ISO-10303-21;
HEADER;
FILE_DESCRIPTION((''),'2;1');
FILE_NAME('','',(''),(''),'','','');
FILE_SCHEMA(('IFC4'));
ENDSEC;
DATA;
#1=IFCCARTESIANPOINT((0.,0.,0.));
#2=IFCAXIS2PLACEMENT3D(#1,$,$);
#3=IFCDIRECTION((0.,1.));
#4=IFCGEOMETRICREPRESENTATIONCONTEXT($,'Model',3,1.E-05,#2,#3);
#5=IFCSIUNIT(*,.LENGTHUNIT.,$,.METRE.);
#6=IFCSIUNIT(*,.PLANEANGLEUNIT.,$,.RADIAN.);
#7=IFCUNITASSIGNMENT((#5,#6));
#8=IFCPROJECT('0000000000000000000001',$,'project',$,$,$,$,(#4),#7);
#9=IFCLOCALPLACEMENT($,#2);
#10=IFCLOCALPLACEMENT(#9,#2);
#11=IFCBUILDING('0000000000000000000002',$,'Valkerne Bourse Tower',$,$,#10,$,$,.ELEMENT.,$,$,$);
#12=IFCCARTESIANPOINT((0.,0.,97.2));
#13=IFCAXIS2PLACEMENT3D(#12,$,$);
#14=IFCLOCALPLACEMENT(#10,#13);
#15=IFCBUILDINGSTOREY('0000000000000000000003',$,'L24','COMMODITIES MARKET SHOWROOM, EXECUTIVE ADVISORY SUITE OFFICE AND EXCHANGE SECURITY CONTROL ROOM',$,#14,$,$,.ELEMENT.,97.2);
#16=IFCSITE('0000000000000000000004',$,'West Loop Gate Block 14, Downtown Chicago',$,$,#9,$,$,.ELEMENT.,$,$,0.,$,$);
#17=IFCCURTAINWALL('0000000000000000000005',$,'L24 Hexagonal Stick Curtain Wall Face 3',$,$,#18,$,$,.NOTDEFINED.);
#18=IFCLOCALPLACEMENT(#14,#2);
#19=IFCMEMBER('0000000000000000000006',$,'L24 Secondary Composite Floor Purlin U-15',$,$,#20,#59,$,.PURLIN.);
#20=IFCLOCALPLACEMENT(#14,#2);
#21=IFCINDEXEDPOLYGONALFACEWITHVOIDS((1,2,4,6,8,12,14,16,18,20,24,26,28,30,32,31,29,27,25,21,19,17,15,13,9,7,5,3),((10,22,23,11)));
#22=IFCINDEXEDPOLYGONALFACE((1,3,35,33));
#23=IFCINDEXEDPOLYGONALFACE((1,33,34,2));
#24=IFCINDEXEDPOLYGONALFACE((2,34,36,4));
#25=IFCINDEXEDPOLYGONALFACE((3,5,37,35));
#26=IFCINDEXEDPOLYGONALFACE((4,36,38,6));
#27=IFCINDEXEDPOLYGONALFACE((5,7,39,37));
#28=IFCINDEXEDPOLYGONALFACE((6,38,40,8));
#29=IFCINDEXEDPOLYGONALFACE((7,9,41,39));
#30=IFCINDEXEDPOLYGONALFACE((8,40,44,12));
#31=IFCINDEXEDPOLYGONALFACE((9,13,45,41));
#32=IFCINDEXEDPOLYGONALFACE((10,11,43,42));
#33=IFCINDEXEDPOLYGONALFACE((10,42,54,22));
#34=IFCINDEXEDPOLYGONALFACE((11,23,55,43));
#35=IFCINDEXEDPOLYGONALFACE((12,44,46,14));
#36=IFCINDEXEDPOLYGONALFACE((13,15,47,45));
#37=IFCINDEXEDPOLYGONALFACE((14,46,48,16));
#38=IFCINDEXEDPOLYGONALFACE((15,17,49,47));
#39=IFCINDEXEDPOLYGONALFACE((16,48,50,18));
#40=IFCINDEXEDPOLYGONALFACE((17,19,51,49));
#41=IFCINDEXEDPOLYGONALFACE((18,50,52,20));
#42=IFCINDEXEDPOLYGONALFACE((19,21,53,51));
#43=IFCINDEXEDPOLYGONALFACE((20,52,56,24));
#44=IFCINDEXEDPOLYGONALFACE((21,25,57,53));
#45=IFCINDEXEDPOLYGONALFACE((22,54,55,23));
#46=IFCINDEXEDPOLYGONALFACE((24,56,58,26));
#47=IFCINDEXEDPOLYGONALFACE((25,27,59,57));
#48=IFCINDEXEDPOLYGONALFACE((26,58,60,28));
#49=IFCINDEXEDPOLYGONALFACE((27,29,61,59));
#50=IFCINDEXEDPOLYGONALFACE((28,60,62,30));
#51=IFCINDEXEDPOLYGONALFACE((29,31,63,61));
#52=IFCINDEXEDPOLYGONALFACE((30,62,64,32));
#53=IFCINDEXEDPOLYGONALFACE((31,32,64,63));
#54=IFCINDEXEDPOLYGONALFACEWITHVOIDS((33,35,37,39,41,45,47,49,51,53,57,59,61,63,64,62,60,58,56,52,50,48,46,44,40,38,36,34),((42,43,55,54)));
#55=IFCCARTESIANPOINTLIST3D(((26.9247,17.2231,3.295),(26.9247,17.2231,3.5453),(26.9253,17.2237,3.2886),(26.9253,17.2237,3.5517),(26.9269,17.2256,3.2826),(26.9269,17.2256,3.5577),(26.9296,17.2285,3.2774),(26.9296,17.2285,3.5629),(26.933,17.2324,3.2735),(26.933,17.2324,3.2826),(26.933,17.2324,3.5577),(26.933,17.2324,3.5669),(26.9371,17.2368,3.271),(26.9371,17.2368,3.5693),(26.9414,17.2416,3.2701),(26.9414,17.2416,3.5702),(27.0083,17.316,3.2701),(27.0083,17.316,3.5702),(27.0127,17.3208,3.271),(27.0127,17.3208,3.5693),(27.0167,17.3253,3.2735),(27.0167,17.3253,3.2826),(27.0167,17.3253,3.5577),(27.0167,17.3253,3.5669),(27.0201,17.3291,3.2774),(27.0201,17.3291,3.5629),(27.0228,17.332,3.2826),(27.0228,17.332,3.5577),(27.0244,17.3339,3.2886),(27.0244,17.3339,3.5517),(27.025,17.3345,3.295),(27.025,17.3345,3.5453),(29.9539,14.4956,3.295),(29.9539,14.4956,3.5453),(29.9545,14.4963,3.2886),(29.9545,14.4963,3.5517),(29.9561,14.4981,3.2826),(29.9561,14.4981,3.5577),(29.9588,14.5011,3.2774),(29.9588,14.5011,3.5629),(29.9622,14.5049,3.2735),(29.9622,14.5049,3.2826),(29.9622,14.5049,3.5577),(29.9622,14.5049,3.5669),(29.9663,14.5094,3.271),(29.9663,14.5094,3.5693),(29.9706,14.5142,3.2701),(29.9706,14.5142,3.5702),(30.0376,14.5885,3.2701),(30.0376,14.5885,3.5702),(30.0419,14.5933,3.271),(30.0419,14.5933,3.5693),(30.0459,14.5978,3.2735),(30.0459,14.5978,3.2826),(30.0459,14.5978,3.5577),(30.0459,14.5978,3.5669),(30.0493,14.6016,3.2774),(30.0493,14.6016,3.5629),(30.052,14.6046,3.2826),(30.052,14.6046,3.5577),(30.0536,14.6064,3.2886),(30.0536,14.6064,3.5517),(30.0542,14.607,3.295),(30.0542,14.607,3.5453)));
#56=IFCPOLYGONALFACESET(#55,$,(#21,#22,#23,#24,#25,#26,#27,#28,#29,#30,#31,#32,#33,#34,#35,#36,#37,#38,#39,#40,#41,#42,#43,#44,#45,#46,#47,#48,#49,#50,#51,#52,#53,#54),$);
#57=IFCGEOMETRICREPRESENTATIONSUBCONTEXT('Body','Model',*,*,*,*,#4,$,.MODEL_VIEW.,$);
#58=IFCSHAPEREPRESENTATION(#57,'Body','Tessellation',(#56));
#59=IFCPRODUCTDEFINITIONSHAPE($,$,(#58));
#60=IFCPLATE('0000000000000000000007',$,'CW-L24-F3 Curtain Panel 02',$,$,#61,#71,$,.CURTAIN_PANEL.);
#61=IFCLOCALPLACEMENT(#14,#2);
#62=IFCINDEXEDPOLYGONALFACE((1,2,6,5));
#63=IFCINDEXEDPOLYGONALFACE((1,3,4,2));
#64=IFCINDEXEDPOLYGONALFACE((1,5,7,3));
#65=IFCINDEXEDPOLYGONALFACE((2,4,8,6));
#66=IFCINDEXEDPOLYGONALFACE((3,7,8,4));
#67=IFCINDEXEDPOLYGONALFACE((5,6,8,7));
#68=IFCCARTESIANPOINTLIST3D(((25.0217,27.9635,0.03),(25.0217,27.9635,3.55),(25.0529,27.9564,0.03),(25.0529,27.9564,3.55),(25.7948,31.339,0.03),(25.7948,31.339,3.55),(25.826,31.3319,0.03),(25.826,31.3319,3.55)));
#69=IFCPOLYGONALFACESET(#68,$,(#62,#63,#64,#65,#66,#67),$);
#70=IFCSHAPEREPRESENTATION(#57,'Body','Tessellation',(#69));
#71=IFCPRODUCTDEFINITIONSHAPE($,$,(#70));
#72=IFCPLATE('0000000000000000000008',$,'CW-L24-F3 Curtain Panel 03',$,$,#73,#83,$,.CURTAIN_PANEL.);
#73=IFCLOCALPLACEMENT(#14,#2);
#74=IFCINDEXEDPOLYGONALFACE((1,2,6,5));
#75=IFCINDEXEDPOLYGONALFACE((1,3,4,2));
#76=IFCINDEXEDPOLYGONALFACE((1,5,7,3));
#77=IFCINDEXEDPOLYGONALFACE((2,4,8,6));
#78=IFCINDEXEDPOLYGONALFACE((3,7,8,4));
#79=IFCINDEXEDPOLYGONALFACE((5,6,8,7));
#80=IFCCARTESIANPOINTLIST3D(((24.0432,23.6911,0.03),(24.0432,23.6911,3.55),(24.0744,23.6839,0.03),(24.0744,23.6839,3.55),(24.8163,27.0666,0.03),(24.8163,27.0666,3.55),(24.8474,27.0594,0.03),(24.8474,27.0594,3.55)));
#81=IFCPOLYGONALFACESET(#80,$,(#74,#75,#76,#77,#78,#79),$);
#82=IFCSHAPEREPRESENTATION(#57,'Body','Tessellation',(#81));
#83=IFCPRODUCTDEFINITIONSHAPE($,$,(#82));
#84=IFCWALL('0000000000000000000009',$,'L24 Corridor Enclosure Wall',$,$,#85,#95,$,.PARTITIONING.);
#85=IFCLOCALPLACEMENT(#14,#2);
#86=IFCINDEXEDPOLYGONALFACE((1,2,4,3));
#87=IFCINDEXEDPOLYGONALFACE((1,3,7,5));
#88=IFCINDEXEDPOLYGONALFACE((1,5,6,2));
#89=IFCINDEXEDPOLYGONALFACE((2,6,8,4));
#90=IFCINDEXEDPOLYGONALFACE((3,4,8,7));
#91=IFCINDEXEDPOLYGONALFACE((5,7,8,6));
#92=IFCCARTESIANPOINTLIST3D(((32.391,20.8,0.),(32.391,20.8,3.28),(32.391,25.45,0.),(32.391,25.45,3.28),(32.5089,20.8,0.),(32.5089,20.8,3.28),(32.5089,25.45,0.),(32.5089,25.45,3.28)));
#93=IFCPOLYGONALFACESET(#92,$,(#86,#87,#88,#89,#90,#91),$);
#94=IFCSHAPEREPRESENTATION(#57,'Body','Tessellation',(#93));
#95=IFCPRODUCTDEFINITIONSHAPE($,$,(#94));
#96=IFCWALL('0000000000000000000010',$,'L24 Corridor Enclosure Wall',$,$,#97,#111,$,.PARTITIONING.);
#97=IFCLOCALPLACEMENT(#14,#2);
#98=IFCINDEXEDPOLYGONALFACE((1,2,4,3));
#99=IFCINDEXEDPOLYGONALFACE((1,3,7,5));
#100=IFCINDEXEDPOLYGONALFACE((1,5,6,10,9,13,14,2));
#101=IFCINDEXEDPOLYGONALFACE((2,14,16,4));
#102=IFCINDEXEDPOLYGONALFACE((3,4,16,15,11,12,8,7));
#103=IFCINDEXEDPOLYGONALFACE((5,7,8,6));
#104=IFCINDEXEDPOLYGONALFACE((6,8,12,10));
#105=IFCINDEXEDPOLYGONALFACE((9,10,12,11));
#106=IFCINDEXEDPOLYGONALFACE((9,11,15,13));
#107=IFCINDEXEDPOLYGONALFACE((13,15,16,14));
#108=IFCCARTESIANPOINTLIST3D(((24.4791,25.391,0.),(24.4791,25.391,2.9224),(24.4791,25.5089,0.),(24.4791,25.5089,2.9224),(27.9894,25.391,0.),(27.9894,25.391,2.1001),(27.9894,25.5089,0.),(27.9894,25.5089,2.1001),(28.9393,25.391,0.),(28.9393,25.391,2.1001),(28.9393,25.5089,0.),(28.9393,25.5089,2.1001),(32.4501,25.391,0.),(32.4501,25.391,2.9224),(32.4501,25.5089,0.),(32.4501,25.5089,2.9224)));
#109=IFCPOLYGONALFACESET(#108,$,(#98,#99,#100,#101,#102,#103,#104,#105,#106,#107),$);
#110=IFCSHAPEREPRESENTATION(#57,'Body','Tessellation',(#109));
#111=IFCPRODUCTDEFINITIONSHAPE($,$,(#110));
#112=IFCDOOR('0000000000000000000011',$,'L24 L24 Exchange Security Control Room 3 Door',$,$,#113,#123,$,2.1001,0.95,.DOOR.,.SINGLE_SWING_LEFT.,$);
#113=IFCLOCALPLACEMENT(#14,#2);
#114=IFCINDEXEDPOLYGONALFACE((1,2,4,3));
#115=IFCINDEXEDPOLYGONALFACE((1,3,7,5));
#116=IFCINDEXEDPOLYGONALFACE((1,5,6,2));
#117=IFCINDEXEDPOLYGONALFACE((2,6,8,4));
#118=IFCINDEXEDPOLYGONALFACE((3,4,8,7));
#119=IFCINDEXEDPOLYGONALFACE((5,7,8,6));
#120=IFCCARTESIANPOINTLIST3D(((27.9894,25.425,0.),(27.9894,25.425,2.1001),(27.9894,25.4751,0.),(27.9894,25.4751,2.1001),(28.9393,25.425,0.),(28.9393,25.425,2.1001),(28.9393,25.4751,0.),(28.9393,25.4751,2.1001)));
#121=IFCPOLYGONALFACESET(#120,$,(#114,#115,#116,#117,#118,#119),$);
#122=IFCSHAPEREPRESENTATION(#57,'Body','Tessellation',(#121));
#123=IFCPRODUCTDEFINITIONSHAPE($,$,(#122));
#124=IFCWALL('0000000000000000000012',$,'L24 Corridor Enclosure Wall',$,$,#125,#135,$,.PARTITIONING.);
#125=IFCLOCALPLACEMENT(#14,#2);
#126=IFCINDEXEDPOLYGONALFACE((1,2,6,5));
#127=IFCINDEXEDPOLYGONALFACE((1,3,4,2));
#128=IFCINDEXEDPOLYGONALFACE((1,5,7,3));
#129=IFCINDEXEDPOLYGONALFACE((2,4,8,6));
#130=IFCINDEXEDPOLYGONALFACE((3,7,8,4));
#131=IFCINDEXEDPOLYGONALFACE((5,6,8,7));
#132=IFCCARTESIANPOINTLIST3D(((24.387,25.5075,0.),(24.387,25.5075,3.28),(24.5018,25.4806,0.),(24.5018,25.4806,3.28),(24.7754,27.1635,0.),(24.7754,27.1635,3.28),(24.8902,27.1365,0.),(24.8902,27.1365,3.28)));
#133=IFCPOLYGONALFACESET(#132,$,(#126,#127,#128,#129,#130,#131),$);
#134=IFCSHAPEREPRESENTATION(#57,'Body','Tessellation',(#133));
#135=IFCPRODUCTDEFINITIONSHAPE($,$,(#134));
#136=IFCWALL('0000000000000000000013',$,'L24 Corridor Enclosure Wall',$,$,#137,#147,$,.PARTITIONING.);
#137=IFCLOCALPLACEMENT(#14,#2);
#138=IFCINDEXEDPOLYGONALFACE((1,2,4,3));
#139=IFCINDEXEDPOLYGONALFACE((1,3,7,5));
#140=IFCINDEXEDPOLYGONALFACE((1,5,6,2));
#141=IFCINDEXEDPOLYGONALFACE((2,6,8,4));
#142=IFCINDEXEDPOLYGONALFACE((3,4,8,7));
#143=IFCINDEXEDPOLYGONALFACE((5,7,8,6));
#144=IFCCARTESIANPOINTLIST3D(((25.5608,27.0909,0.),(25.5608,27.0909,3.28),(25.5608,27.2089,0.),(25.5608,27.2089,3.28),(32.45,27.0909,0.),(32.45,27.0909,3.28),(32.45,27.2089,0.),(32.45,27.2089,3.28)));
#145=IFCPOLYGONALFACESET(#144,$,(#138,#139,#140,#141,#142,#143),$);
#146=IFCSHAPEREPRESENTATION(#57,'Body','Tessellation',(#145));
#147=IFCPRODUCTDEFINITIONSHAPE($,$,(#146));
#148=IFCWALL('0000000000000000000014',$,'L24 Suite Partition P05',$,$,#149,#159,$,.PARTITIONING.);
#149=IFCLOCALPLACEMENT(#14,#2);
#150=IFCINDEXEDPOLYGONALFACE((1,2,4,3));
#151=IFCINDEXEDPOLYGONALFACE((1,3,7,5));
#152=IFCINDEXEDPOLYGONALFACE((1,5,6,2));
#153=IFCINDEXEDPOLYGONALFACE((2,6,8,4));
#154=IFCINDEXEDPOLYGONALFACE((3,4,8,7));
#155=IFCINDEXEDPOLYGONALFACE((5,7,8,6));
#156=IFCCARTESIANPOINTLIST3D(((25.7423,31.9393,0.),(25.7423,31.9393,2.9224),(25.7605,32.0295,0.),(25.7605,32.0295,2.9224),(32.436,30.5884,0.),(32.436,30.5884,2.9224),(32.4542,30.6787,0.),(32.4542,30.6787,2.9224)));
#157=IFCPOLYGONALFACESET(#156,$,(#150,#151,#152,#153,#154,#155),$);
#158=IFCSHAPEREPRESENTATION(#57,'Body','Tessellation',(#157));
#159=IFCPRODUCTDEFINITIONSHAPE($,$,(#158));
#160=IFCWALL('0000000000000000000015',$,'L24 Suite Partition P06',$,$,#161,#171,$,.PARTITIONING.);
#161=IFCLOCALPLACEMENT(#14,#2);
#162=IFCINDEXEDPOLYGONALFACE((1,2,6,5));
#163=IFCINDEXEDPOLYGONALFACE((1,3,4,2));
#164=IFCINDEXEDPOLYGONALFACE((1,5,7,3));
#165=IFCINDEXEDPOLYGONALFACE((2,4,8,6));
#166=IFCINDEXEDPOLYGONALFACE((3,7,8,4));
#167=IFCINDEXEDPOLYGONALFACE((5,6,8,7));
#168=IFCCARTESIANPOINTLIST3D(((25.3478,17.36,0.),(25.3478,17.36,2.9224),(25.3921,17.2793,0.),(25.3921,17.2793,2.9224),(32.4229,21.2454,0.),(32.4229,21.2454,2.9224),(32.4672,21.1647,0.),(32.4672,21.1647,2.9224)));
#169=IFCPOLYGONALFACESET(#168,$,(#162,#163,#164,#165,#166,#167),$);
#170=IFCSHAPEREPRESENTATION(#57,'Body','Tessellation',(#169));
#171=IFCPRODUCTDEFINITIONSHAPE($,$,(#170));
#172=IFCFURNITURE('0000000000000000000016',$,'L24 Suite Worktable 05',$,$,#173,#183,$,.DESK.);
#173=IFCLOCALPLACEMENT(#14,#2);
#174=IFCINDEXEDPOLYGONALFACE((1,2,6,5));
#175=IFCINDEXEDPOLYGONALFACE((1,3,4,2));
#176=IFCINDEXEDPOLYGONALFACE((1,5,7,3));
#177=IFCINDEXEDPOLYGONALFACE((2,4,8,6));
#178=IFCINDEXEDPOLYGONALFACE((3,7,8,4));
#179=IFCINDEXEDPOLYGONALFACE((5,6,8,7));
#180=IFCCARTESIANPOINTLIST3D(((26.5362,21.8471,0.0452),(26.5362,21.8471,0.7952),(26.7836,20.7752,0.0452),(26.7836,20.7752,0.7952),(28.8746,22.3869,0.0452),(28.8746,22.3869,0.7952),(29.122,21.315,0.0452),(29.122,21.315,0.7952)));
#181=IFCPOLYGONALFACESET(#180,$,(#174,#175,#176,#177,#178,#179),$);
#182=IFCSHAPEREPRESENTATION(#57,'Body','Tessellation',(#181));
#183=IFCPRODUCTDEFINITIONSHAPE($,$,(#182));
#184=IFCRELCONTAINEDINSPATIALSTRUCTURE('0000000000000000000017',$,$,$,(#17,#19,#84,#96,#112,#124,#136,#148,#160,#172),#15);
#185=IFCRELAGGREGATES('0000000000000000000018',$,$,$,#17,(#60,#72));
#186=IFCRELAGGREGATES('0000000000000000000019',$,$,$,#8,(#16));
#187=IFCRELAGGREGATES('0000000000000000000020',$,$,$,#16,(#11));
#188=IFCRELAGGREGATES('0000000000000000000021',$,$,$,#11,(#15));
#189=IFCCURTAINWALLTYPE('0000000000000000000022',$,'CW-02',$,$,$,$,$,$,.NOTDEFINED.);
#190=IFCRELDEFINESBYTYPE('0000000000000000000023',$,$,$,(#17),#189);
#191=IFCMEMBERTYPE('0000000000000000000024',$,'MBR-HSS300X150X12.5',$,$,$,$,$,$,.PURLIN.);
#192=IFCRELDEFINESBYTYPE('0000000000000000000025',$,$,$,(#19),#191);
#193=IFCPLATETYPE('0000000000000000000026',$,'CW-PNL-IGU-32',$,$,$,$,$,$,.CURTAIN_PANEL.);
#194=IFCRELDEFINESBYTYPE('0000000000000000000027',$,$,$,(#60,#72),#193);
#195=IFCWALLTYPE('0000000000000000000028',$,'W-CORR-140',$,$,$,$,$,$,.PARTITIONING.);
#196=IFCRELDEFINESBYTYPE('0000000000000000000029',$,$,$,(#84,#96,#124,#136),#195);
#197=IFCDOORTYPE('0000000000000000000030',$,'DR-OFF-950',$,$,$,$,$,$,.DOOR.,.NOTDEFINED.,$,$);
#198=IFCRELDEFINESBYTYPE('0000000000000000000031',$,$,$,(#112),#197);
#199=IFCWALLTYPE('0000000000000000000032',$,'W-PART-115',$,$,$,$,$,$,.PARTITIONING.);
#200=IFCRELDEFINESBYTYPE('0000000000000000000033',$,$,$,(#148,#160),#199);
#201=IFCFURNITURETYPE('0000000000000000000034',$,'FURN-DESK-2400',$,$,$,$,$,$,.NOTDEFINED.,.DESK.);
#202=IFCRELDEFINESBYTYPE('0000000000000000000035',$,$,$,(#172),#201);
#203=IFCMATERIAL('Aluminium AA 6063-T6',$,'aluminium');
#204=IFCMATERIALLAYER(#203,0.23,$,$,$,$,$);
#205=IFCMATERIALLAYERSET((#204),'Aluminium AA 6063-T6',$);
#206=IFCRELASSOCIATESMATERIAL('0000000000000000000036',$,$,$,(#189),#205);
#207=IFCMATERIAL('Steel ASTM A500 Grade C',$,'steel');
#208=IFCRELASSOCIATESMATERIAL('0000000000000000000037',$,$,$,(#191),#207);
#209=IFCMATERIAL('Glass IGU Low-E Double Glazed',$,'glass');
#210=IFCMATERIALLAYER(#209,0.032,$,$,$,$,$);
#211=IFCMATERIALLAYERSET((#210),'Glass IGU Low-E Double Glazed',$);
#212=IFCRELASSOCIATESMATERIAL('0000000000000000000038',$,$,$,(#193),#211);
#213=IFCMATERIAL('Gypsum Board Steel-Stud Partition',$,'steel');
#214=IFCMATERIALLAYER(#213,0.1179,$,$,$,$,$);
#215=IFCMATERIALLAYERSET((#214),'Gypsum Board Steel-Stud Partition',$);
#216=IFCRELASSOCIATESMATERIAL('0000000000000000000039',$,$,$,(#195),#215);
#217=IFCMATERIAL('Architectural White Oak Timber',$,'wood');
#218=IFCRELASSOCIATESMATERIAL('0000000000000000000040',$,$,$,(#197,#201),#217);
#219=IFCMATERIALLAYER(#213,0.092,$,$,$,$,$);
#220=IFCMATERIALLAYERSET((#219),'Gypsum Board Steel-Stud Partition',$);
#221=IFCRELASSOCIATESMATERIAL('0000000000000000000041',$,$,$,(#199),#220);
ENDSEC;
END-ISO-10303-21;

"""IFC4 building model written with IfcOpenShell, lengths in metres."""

from ifc_helpers import new_model, si_unit, direction, frame, frame_2d, origin, origin_2d, place, context, subcontext, project, spatial, rectangle, hollow_rectangle, extrude, material, layer, layer_set, material_profile, profile_set, type_object, element, fill, aggregate, save


model = new_model("IFC4")

# Units and contexts
model_context = context("Model", 3, precision=1e-05, world=origin(), true_north=direction((0.0, 1.0)))
body_context = subcontext(model_context, "Body", "Model", "MODEL_VIEW")
ifc_project = project(units=[si_unit("LENGTHUNIT", "METRE"), si_unit("PLANEANGLEUNIT", "RADIAN")], contexts=[model_context])

# Site, building, storey
site_placement = place(None, origin())
site = spatial("IfcSite", under=ifc_project, at=site_placement, Name="West Loop Gate Block 14, Downtown Chicago", CompositionType="ELEMENT", RefElevation=0.0)
building_placement = place(site_placement, origin())
building = spatial("IfcBuilding", under=site, at=building_placement, Name="Valkerne Bourse Tower", CompositionType="ELEMENT")
storey_placement = place(building_placement, frame((0.0, 0.0, 97.2)))
storey = spatial("IfcBuildingStorey", under=building, at=storey_placement, Name="L24", Description="COMMODITIES MARKET SHOWROOM, EXECUTIVE ADVISORY SUITE OFFICE AND EXCHANGE SECURITY CONTROL ROOM", CompositionType="ELEMENT", Elevation=97.2)

# Curtain wall
ifc_material_1 = material(Name="Aluminium AA 6063-T6", Category="aluminium")
ifc_layer_1 = layer(ifc_material_1, 0.23)
ifc_layer_set_1 = layer_set([ifc_layer_1], Name="Aluminium AA 6063-T6")
curtain_wall_type = type_object("IfcCurtainWallType", Name="CW-02", PredefinedType="NOTDEFINED", material=ifc_layer_set_1)
curtain_wall_1_placement = place(storey_placement, origin())
curtain_wall_1 = element("IfcCurtainWall", 1, at=curtain_wall_1_placement, inside=storey, type_object=curtain_wall_type, Name="L24 Hexagonal Stick Curtain Wall Face 3", PredefinedType="NOTDEFINED")

# Member
ifc_material_2 = material(Name="Steel ASTM A500 Grade C", Category="steel")
ifc_material_profile_1 = material_profile(ifc_material_2, hollow_rectangle(XDim=0.1499, YDim=0.3, WallThickness=0.0125, OuterFilletRadius=0.0249, at=origin_2d()), Name="HSS300X150X12.5")
ifc_profile_set_1 = profile_set([ifc_material_profile_1], Name="Steel ASTM A500 Grade C")
member_type_1 = type_object("IfcMemberType", Name="MBR-HSS300X150X12.5", PredefinedType="PURLIN", material=ifc_profile_set_1)
member_1_placement = place(storey_placement, frame((26.9749, 17.2788, 3.4202), z_axis=(0.743151, -0.669124, 0.0), x_axis=(0.669124, 0.743151, 0.0)))
element("IfcMember", 2, at=member_1_placement, inside=storey, type_object=member_type_1, Name="L24 Secondary Composite Floor Purlin U-15", PredefinedType="PURLIN", context=body_context, shape_type="SweptSolid", body=[
    extrude(hollow_rectangle(XDim=0.1499, YDim=0.3, WallThickness=0.0125, OuterFilletRadius=0.0249, at=origin_2d()), origin(), (0.0, 0.0, 1.0), 4.0762),
])

# Plates
ifc_material_3 = material(Name="Glass IGU Low-E Double Glazed", Category="glass")
ifc_layer_2 = layer(ifc_material_3, 0.032)
ifc_layer_set_2 = layer_set([ifc_layer_2], Name="Glass IGU Low-E Double Glazed")
plate_type = type_object("IfcPlateType", Name="CW-PNL-IGU-32", PredefinedType="CURTAIN_PANEL", material=ifc_layer_set_2)
plate_1_placement = place(storey_placement, frame((25.4238, 29.6477, 0.03), z_axis=(0.0, 0.0, 1.0), x_axis=(-0.223253, -0.974761, 0.0)))
plate_1 = element("IfcPlate", 3, at=plate_1_placement, type_object=plate_type, Name="CW-L24-F3 Curtain Panel 02", PredefinedType="CURTAIN_PANEL", context=body_context, shape_type="SweptSolid", body=[
    extrude(rectangle(XDim=3.4629, YDim=0.032, at=origin_2d()), origin(), (0.0, 0.0, 1.0), 3.52),
])
plate_2_placement = place(storey_placement, frame((24.4453, 25.3752, 0.03), z_axis=(0.0, 0.0, 1.0), x_axis=(-0.223248, -0.974762, 0.0)))
plate_2 = element("IfcPlate", 4, at=plate_2_placement, type_object=plate_type, Name="CW-L24-F3 Curtain Panel 03", PredefinedType="CURTAIN_PANEL", context=body_context, shape_type="SweptSolid", body=[
    extrude(rectangle(XDim=3.4629, YDim=0.032, at=origin_2d()), origin(), (0.0, 0.0, 1.0), 3.52),
])
aggregate(curtain_wall_1, [plate_1, plate_2])

# Wall
ifc_material_4 = material(Name="Gypsum Board Steel-Stud Partition", Category="steel")
ifc_layer_3 = layer(ifc_material_4, 0.1179)
ifc_layer_set_3 = layer_set([ifc_layer_3], Name="Gypsum Board Steel-Stud Partition")
wall_type_1 = type_object("IfcWallType", Name="W-CORR-140", PredefinedType="PARTITIONING", material=ifc_layer_set_3)
wall_1_placement = place(storey_placement, frame((32.45, 20.8, 0.0), z_axis=(0.0, 0.0, 1.0), x_axis=(0.0, 1.0, 0.0)))
element("IfcWall", 5, at=wall_1_placement, inside=storey, type_object=wall_type_1, Name="L24 Corridor Enclosure Wall", PredefinedType="PARTITIONING", context=body_context, shape_type="SweptSolid", body=[
    extrude(rectangle(XDim=4.6499, YDim=0.1179, at=frame_2d((2.325, 0.0))), origin(), (0.0, 0.0, 1.0), 3.28),
])

# Wall, opening, door
wall_2_placement = place(storey_placement, frame((32.45, 25.45, 0.0), z_axis=(0.0, 0.0, 1.0), x_axis=(-1.0, 0.0, 0.0)))
wall_2 = element("IfcWall", 6, at=wall_2_placement, inside=storey, type_object=wall_type_1, Name="L24 Corridor Enclosure Wall", PredefinedType="PARTITIONING", context=body_context, shape_type="SweptSolid", body=[
    extrude(rectangle(XDim=7.9709, YDim=0.1179, at=frame_2d((3.9854, 0.0))), origin(), (0.0, 0.0, 1.0), 2.9224),
])
opening_placement = place(wall_2_placement, frame((3.5105, 0.0, 0.0)))
opening = element("IfcOpeningElement", 7, at=opening_placement, cuts=wall_2, PredefinedType="OPENING", context=body_context, shape_type="SweptSolid", body=[
    extrude(rectangle(XDim=0.95, YDim=2.1001, at=frame_2d((0.4751, 1.05))), frame((0.0, 0.0688, 0.0), z_axis=(0.0, -1.0, 0.0), x_axis=(1.0, 0.0, 0.0)), (0.0, 0.0, 1.0), 0.1379),
])
ifc_material_5 = material(Name="Architectural White Oak Timber", Category="wood")
door_type = type_object("IfcDoorType", Name="DR-OFF-950", OperationType="NOTDEFINED", PredefinedType="DOOR", material=ifc_material_5)
door_placement = place(opening_placement, origin())
door = element("IfcDoor", 8, at=door_placement, inside=storey, type_object=door_type, Name="L24 L24 Exchange Security Control Room 3 Door", OperationType="SINGLE_SWING_LEFT", OverallHeight=2.1001, OverallWidth=0.95, PredefinedType="DOOR", context=body_context, shape_type="SweptSolid", body=[
    extrude(rectangle(XDim=0.95, YDim=2.1001, at=frame_2d((0.4751, 1.05))), frame((0.0, 0.0249, 0.0), z_axis=(0.0, -1.0, 0.0), x_axis=(1.0, 0.0, 0.0)), (0.0, 0.0, 1.0), 0.05),
])
fill(opening, door)

# Walls
wall_3_placement = place(storey_placement, frame((24.4443, 25.4939, 0.0), z_axis=(0.0, 0.0, 1.0), x_axis=(0.228359, 0.973577, 0.0)))
element("IfcWall", 9, at=wall_3_placement, inside=storey, type_object=wall_type_1, Name="L24 Corridor Enclosure Wall", PredefinedType="PARTITIONING", context=body_context, shape_type="SweptSolid", body=[
    extrude(rectangle(XDim=1.7009, YDim=0.1179, at=frame_2d((0.8506, 0.0))), origin(), (0.0, 0.0, 1.0), 3.28),
])
wall_4_placement = place(storey_placement, frame((25.5608, 27.1499, 0.0), z_axis=(0.0, 0.0, 1.0), x_axis=(1.0, 0.0, 0.0)))
element("IfcWall", 10, at=wall_4_placement, inside=storey, type_object=wall_type_1, Name="L24 Corridor Enclosure Wall", PredefinedType="PARTITIONING", context=body_context, shape_type="SweptSolid", body=[
    extrude(rectangle(XDim=6.8892, YDim=0.1179, at=frame_2d((3.4446, 0.0))), origin(), (0.0, 0.0, 1.0), 3.28),
])
ifc_layer_4 = layer(ifc_material_4, 0.092)
ifc_layer_set_4 = layer_set([ifc_layer_4], Name="Gypsum Board Steel-Stud Partition")
wall_type_2 = type_object("IfcWallType", Name="W-PART-115", PredefinedType="PARTITIONING", material=ifc_layer_set_4)
wall_5_placement = place(storey_placement, frame((32.4451, 30.6335, 0.0), z_axis=(0.0, 0.0, 1.0), x_axis=(-0.980238, 0.197821, 0.0)))
element("IfcWall", 11, at=wall_5_placement, inside=storey, type_object=wall_type_2, Name="L24 Suite Partition P05", PredefinedType="PARTITIONING", context=body_context, shape_type="SweptSolid", body=[
    extrude(rectangle(XDim=6.8286, YDim=0.092, at=frame_2d((3.4143, 0.0))), origin(), (0.0, 0.0, 1.0), 2.9224),
])
wall_6_placement = place(storey_placement, frame((32.4451, 21.2051, 0.0), z_axis=(0.0, 0.0, 1.0), x_axis=(-0.876522, -0.481361, 0.0)))
element("IfcWall", 12, at=wall_6_placement, inside=storey, type_object=wall_type_2, Name="L24 Suite Partition P06", PredefinedType="PARTITIONING", context=body_context, shape_type="SweptSolid", body=[
    extrude(rectangle(XDim=8.0718, YDim=0.092, at=frame_2d((4.0359, 0.0))), origin(), (0.0, 0.0, 1.0), 2.9224),
])

# Furniture
furniture_type = type_object("IfcFurnitureType", Name="FURN-DESK-2400", AssemblyPlace="NOTDEFINED", PredefinedType="DESK", material=ifc_material_5)
furniture_placement = place(storey_placement, frame((27.8291, 21.5811, 0.0452), z_axis=(0.0, 0.0, 1.0), x_axis=(0.97437, 0.224951, 0.0)))
element("IfcFurniture", 13, at=furniture_placement, inside=storey, type_object=furniture_type, Name="L24 Suite Worktable 05", PredefinedType="DESK", context=body_context, shape_type="SweptSolid", body=[
    extrude(rectangle(XDim=2.3999, YDim=1.1001, at=origin_2d()), origin(), (0.0, 0.0, 1.0), 0.75),
])

save(model, "model.ifc")
